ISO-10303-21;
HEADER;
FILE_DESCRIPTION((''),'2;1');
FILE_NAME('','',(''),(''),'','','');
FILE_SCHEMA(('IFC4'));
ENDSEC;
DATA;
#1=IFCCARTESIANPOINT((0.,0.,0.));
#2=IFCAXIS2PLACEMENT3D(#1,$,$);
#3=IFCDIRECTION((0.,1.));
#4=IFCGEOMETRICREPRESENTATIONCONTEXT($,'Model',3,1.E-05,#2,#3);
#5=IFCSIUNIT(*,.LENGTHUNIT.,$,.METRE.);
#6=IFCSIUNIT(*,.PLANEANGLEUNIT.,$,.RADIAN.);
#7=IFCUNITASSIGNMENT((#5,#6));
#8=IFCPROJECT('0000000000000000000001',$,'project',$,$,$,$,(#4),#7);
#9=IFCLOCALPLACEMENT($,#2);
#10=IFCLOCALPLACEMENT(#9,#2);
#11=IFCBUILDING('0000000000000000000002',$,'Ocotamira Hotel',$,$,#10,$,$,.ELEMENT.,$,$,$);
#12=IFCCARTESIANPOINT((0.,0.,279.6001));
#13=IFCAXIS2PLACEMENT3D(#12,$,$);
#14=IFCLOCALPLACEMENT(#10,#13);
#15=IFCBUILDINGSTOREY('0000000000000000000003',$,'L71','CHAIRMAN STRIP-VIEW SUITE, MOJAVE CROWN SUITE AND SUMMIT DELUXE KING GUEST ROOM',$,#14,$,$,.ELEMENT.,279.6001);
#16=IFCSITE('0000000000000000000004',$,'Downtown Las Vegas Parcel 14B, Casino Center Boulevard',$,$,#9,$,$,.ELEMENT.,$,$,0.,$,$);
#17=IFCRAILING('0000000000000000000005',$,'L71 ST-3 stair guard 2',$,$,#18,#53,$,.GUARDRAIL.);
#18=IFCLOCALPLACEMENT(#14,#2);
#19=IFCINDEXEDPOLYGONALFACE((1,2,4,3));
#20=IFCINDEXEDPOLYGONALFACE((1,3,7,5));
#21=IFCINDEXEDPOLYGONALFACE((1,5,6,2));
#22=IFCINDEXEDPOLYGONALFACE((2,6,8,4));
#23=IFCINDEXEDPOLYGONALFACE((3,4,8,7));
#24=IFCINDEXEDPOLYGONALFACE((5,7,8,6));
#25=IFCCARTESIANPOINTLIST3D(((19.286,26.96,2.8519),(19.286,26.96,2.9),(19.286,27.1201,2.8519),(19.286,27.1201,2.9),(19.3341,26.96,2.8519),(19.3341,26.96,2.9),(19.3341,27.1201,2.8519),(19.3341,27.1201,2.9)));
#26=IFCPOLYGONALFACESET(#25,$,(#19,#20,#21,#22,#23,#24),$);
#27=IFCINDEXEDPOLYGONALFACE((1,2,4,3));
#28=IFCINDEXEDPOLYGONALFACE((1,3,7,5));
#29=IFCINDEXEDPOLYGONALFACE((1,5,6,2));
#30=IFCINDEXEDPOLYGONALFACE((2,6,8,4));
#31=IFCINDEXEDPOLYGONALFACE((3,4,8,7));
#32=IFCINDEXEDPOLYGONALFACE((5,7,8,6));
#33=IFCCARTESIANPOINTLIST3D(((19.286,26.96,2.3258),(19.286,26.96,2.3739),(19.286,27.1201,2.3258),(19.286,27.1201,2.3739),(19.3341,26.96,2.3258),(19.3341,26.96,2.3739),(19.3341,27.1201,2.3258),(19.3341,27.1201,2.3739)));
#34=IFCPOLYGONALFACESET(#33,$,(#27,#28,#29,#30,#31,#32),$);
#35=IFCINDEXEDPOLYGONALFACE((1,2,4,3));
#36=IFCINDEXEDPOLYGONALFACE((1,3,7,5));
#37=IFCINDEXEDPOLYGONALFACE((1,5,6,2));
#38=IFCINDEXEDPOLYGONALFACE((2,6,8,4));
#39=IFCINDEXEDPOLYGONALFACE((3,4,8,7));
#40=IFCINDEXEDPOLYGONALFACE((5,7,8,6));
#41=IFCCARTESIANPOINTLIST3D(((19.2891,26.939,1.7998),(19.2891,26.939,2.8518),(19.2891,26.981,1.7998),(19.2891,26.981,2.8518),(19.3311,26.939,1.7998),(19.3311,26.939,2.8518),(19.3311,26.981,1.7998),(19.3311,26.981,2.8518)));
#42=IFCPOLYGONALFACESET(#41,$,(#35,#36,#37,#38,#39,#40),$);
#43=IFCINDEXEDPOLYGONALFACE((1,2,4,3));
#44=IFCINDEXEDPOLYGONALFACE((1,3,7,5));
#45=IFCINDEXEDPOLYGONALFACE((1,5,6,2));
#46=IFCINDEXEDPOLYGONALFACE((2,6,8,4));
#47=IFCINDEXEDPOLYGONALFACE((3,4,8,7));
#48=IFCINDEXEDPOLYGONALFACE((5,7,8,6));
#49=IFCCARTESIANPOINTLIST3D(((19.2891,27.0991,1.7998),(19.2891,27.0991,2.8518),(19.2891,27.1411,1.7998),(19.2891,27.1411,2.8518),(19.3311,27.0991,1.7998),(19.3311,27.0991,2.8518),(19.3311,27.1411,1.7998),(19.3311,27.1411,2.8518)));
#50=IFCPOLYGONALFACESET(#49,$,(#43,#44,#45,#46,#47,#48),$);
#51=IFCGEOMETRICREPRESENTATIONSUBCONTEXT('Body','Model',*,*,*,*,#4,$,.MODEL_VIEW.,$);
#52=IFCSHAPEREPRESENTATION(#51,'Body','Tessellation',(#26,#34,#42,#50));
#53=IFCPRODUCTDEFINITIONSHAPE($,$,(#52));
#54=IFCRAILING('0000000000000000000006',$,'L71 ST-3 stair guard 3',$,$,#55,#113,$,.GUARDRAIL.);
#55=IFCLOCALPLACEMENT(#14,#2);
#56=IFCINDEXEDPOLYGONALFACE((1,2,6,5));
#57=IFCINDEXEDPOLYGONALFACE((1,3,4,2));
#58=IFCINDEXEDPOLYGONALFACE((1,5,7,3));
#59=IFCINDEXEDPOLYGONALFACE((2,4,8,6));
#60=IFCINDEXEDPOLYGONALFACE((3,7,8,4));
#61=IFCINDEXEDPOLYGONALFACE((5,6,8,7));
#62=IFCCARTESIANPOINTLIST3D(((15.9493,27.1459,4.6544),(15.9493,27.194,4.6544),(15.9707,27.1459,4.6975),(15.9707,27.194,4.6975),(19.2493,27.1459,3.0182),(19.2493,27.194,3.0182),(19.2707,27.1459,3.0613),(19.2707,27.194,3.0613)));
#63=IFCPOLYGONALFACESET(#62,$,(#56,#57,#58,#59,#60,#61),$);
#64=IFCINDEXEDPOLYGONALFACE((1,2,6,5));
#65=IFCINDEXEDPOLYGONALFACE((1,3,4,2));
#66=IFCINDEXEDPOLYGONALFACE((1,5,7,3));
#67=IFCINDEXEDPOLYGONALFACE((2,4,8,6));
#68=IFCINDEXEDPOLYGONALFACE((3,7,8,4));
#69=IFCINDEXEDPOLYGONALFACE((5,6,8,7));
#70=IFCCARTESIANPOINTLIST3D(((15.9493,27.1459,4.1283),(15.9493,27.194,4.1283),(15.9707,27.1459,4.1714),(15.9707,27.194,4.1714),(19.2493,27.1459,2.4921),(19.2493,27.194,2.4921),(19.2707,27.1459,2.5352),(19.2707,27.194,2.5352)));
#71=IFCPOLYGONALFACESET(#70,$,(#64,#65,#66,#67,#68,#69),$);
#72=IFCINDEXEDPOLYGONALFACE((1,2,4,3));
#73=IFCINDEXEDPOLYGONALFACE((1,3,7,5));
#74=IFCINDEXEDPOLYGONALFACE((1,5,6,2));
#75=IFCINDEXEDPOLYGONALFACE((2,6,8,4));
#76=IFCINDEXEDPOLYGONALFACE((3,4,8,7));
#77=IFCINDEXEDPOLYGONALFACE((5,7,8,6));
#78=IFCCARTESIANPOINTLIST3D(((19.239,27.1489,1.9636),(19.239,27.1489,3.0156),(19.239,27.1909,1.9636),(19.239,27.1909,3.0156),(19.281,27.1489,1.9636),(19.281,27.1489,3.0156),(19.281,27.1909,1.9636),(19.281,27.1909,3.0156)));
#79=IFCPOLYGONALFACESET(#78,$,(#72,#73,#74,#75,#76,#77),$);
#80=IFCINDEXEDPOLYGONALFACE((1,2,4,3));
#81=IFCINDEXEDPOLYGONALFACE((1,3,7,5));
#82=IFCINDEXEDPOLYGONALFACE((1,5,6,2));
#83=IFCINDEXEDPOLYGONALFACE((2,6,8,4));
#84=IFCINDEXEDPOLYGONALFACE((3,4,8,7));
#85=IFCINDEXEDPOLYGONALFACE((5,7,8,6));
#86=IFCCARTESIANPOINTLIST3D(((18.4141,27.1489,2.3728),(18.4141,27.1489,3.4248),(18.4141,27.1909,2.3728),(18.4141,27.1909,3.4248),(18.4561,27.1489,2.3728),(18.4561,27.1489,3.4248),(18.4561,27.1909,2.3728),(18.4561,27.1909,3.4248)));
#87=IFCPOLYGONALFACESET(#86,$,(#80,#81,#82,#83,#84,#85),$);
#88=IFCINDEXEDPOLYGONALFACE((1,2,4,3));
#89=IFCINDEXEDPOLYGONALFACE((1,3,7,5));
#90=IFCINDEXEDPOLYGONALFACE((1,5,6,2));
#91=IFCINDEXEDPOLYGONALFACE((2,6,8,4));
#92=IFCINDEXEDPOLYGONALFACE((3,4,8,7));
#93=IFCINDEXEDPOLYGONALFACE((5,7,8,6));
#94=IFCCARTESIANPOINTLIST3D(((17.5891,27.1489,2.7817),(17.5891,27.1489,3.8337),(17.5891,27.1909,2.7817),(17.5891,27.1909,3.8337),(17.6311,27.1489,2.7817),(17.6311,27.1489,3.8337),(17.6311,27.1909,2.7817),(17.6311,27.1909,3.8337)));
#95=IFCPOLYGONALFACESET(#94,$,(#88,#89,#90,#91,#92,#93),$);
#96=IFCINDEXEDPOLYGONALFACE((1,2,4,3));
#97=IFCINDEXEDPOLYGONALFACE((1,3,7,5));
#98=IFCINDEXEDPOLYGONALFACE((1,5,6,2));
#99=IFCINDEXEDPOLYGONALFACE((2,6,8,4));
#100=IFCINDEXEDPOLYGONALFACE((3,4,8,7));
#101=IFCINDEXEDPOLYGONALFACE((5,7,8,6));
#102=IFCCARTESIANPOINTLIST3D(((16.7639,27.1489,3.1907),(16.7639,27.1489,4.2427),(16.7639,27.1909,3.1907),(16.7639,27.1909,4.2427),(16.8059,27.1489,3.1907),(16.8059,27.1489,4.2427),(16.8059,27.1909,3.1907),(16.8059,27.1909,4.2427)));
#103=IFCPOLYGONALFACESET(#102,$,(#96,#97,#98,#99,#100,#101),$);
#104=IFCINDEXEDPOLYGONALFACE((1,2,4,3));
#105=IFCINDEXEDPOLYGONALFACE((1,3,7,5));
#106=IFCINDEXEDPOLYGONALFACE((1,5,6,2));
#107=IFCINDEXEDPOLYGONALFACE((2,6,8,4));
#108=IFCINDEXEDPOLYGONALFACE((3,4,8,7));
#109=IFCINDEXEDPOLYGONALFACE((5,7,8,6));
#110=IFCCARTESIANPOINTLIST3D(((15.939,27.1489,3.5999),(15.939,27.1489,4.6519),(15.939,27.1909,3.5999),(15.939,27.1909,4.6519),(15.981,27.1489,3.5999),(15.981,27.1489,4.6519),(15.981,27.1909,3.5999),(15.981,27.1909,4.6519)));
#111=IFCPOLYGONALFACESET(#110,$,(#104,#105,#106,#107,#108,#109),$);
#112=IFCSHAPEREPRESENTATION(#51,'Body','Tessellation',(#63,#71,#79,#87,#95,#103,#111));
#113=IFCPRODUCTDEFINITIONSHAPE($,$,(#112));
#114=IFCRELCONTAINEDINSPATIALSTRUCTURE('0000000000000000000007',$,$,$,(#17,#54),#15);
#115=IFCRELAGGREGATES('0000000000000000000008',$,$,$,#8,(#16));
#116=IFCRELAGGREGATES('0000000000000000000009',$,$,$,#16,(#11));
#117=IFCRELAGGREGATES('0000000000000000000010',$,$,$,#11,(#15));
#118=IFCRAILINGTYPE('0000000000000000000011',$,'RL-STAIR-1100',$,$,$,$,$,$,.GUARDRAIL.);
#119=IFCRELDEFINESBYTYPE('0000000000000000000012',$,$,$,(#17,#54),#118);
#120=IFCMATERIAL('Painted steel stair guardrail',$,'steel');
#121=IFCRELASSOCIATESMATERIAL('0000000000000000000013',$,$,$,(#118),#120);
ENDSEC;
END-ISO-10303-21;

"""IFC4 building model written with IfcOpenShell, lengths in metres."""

from ifc_helpers import new_model, si_unit, direction, frame, origin, origin_2d, place, context, subcontext, project, spatial, rectangle, extrude, material, type_object, element, save


model = new_model("IFC4")

# Units and contexts
model_context = context("Model", 3, precision=1e-05, world=origin(), true_north=direction((0.0, 1.0)))
body_context = subcontext(model_context, "Body", "Model", "MODEL_VIEW")
ifc_project = project(units=[si_unit("LENGTHUNIT", "METRE"), si_unit("PLANEANGLEUNIT", "RADIAN")], contexts=[model_context])

# Site, building, storey
site_placement = place(None, origin())
site = spatial("IfcSite", under=ifc_project, at=site_placement, Name="Downtown Las Vegas Parcel 14B, Casino Center Boulevard", CompositionType="ELEMENT", RefElevation=0.0)
building_placement = place(site_placement, origin())
building = spatial("IfcBuilding", under=site, at=building_placement, Name="Ocotamira Hotel", CompositionType="ELEMENT")
storey_placement = place(building_placement, frame((0.0, 0.0, 279.6001)))
storey = spatial("IfcBuildingStorey", under=building, at=storey_placement, Name="L71", Description="CHAIRMAN STRIP-VIEW SUITE, MOJAVE CROWN SUITE AND SUMMIT DELUXE KING GUEST ROOM", CompositionType="ELEMENT", Elevation=279.6001)

# Railings
ifc_material_1 = material(Name="Painted steel stair guardrail", Category="steel")
railing_type_1 = type_object("IfcRailingType", Name="RL-STAIR-1100", PredefinedType="GUARDRAIL", material=ifc_material_1)
railing_1_placement = place(storey_placement, frame((19.3101, 26.96, 1.7998)))
element("IfcRailing", 1, at=railing_1_placement, inside=storey, type_object=railing_type_1, Name="L71 ST-3 stair guard 2", PredefinedType="GUARDRAIL", context=body_context, shape_type="SweptSolid", body=[
    extrude(rectangle(XDim=0.0481, YDim=0.0481, at=origin_2d()), frame((0.0, 0.0, 1.0762), z_axis=(0.0, 1.0, 0.0), x_axis=(-1.0, 0.0, 0.0)), (0.0, 0.0, 1.0), 0.1602),
    extrude(rectangle(XDim=0.0481, YDim=0.0481, at=origin_2d()), frame((0.0, 0.0, 0.55), z_axis=(0.0, 1.0, 0.0), x_axis=(-1.0, 0.0, 0.0)), (0.0, 0.0, 1.0), 0.1602),
    extrude(rectangle(XDim=0.042, YDim=0.042, at=origin_2d()), origin(), (0.0, 0.0, 1.0), 1.052),
    extrude(rectangle(XDim=0.042, YDim=0.042, at=origin_2d()), frame((0.0, 0.1602, 0.0)), (0.0, 0.0, 1.0), 1.052),
])
railing_2_placement = place(storey_placement, frame((19.26, 27.1699, 1.9636)))
element("IfcRailing", 2, at=railing_2_placement, inside=storey, type_object=railing_type_1, Name="L71 ST-3 stair guard 3", PredefinedType="GUARDRAIL", context=body_context, shape_type="SweptSolid", body=[
    extrude(rectangle(XDim=0.0481, YDim=0.0481, at=origin_2d()), frame((0.0, 0.0, 1.0762), z_axis=(-0.89592, 0.0, 0.444215), x_axis=(0.0, -1.0, 0.0)), (0.0, 0.0, 1.0), 3.6833),
    extrude(rectangle(XDim=0.0481, YDim=0.0481, at=origin_2d()), frame((0.0, 0.0, 0.55), z_axis=(-0.89592, 0.0, 0.444215), x_axis=(0.0, -1.0, 0.0)), (0.0, 0.0, 1.0), 3.6833),
    extrude(rectangle(XDim=0.042, YDim=0.042, at=origin_2d()), origin(), (0.0, 0.0, 1.0), 1.052),
    extrude(rectangle(XDim=0.042, YDim=0.042, at=origin_2d()), frame((-0.825, 0.0, 0.4092)), (0.0, 0.0, 1.0), 1.052),
    extrude(rectangle(XDim=0.042, YDim=0.042, at=origin_2d()), frame((-1.6499, 0.0, 0.8181)), (0.0, 0.0, 1.0), 1.052),
    extrude(rectangle(XDim=0.042, YDim=0.042, at=origin_2d()), frame((-2.4751, 0.0, 1.2271)), (0.0, 0.0, 1.0), 1.052),
    extrude(rectangle(XDim=0.042, YDim=0.042, at=origin_2d()), frame((-3.3, 0.0, 1.6362)), (0.0, 0.0, 1.0), 1.052),
])

save(model, "model.ifc")
